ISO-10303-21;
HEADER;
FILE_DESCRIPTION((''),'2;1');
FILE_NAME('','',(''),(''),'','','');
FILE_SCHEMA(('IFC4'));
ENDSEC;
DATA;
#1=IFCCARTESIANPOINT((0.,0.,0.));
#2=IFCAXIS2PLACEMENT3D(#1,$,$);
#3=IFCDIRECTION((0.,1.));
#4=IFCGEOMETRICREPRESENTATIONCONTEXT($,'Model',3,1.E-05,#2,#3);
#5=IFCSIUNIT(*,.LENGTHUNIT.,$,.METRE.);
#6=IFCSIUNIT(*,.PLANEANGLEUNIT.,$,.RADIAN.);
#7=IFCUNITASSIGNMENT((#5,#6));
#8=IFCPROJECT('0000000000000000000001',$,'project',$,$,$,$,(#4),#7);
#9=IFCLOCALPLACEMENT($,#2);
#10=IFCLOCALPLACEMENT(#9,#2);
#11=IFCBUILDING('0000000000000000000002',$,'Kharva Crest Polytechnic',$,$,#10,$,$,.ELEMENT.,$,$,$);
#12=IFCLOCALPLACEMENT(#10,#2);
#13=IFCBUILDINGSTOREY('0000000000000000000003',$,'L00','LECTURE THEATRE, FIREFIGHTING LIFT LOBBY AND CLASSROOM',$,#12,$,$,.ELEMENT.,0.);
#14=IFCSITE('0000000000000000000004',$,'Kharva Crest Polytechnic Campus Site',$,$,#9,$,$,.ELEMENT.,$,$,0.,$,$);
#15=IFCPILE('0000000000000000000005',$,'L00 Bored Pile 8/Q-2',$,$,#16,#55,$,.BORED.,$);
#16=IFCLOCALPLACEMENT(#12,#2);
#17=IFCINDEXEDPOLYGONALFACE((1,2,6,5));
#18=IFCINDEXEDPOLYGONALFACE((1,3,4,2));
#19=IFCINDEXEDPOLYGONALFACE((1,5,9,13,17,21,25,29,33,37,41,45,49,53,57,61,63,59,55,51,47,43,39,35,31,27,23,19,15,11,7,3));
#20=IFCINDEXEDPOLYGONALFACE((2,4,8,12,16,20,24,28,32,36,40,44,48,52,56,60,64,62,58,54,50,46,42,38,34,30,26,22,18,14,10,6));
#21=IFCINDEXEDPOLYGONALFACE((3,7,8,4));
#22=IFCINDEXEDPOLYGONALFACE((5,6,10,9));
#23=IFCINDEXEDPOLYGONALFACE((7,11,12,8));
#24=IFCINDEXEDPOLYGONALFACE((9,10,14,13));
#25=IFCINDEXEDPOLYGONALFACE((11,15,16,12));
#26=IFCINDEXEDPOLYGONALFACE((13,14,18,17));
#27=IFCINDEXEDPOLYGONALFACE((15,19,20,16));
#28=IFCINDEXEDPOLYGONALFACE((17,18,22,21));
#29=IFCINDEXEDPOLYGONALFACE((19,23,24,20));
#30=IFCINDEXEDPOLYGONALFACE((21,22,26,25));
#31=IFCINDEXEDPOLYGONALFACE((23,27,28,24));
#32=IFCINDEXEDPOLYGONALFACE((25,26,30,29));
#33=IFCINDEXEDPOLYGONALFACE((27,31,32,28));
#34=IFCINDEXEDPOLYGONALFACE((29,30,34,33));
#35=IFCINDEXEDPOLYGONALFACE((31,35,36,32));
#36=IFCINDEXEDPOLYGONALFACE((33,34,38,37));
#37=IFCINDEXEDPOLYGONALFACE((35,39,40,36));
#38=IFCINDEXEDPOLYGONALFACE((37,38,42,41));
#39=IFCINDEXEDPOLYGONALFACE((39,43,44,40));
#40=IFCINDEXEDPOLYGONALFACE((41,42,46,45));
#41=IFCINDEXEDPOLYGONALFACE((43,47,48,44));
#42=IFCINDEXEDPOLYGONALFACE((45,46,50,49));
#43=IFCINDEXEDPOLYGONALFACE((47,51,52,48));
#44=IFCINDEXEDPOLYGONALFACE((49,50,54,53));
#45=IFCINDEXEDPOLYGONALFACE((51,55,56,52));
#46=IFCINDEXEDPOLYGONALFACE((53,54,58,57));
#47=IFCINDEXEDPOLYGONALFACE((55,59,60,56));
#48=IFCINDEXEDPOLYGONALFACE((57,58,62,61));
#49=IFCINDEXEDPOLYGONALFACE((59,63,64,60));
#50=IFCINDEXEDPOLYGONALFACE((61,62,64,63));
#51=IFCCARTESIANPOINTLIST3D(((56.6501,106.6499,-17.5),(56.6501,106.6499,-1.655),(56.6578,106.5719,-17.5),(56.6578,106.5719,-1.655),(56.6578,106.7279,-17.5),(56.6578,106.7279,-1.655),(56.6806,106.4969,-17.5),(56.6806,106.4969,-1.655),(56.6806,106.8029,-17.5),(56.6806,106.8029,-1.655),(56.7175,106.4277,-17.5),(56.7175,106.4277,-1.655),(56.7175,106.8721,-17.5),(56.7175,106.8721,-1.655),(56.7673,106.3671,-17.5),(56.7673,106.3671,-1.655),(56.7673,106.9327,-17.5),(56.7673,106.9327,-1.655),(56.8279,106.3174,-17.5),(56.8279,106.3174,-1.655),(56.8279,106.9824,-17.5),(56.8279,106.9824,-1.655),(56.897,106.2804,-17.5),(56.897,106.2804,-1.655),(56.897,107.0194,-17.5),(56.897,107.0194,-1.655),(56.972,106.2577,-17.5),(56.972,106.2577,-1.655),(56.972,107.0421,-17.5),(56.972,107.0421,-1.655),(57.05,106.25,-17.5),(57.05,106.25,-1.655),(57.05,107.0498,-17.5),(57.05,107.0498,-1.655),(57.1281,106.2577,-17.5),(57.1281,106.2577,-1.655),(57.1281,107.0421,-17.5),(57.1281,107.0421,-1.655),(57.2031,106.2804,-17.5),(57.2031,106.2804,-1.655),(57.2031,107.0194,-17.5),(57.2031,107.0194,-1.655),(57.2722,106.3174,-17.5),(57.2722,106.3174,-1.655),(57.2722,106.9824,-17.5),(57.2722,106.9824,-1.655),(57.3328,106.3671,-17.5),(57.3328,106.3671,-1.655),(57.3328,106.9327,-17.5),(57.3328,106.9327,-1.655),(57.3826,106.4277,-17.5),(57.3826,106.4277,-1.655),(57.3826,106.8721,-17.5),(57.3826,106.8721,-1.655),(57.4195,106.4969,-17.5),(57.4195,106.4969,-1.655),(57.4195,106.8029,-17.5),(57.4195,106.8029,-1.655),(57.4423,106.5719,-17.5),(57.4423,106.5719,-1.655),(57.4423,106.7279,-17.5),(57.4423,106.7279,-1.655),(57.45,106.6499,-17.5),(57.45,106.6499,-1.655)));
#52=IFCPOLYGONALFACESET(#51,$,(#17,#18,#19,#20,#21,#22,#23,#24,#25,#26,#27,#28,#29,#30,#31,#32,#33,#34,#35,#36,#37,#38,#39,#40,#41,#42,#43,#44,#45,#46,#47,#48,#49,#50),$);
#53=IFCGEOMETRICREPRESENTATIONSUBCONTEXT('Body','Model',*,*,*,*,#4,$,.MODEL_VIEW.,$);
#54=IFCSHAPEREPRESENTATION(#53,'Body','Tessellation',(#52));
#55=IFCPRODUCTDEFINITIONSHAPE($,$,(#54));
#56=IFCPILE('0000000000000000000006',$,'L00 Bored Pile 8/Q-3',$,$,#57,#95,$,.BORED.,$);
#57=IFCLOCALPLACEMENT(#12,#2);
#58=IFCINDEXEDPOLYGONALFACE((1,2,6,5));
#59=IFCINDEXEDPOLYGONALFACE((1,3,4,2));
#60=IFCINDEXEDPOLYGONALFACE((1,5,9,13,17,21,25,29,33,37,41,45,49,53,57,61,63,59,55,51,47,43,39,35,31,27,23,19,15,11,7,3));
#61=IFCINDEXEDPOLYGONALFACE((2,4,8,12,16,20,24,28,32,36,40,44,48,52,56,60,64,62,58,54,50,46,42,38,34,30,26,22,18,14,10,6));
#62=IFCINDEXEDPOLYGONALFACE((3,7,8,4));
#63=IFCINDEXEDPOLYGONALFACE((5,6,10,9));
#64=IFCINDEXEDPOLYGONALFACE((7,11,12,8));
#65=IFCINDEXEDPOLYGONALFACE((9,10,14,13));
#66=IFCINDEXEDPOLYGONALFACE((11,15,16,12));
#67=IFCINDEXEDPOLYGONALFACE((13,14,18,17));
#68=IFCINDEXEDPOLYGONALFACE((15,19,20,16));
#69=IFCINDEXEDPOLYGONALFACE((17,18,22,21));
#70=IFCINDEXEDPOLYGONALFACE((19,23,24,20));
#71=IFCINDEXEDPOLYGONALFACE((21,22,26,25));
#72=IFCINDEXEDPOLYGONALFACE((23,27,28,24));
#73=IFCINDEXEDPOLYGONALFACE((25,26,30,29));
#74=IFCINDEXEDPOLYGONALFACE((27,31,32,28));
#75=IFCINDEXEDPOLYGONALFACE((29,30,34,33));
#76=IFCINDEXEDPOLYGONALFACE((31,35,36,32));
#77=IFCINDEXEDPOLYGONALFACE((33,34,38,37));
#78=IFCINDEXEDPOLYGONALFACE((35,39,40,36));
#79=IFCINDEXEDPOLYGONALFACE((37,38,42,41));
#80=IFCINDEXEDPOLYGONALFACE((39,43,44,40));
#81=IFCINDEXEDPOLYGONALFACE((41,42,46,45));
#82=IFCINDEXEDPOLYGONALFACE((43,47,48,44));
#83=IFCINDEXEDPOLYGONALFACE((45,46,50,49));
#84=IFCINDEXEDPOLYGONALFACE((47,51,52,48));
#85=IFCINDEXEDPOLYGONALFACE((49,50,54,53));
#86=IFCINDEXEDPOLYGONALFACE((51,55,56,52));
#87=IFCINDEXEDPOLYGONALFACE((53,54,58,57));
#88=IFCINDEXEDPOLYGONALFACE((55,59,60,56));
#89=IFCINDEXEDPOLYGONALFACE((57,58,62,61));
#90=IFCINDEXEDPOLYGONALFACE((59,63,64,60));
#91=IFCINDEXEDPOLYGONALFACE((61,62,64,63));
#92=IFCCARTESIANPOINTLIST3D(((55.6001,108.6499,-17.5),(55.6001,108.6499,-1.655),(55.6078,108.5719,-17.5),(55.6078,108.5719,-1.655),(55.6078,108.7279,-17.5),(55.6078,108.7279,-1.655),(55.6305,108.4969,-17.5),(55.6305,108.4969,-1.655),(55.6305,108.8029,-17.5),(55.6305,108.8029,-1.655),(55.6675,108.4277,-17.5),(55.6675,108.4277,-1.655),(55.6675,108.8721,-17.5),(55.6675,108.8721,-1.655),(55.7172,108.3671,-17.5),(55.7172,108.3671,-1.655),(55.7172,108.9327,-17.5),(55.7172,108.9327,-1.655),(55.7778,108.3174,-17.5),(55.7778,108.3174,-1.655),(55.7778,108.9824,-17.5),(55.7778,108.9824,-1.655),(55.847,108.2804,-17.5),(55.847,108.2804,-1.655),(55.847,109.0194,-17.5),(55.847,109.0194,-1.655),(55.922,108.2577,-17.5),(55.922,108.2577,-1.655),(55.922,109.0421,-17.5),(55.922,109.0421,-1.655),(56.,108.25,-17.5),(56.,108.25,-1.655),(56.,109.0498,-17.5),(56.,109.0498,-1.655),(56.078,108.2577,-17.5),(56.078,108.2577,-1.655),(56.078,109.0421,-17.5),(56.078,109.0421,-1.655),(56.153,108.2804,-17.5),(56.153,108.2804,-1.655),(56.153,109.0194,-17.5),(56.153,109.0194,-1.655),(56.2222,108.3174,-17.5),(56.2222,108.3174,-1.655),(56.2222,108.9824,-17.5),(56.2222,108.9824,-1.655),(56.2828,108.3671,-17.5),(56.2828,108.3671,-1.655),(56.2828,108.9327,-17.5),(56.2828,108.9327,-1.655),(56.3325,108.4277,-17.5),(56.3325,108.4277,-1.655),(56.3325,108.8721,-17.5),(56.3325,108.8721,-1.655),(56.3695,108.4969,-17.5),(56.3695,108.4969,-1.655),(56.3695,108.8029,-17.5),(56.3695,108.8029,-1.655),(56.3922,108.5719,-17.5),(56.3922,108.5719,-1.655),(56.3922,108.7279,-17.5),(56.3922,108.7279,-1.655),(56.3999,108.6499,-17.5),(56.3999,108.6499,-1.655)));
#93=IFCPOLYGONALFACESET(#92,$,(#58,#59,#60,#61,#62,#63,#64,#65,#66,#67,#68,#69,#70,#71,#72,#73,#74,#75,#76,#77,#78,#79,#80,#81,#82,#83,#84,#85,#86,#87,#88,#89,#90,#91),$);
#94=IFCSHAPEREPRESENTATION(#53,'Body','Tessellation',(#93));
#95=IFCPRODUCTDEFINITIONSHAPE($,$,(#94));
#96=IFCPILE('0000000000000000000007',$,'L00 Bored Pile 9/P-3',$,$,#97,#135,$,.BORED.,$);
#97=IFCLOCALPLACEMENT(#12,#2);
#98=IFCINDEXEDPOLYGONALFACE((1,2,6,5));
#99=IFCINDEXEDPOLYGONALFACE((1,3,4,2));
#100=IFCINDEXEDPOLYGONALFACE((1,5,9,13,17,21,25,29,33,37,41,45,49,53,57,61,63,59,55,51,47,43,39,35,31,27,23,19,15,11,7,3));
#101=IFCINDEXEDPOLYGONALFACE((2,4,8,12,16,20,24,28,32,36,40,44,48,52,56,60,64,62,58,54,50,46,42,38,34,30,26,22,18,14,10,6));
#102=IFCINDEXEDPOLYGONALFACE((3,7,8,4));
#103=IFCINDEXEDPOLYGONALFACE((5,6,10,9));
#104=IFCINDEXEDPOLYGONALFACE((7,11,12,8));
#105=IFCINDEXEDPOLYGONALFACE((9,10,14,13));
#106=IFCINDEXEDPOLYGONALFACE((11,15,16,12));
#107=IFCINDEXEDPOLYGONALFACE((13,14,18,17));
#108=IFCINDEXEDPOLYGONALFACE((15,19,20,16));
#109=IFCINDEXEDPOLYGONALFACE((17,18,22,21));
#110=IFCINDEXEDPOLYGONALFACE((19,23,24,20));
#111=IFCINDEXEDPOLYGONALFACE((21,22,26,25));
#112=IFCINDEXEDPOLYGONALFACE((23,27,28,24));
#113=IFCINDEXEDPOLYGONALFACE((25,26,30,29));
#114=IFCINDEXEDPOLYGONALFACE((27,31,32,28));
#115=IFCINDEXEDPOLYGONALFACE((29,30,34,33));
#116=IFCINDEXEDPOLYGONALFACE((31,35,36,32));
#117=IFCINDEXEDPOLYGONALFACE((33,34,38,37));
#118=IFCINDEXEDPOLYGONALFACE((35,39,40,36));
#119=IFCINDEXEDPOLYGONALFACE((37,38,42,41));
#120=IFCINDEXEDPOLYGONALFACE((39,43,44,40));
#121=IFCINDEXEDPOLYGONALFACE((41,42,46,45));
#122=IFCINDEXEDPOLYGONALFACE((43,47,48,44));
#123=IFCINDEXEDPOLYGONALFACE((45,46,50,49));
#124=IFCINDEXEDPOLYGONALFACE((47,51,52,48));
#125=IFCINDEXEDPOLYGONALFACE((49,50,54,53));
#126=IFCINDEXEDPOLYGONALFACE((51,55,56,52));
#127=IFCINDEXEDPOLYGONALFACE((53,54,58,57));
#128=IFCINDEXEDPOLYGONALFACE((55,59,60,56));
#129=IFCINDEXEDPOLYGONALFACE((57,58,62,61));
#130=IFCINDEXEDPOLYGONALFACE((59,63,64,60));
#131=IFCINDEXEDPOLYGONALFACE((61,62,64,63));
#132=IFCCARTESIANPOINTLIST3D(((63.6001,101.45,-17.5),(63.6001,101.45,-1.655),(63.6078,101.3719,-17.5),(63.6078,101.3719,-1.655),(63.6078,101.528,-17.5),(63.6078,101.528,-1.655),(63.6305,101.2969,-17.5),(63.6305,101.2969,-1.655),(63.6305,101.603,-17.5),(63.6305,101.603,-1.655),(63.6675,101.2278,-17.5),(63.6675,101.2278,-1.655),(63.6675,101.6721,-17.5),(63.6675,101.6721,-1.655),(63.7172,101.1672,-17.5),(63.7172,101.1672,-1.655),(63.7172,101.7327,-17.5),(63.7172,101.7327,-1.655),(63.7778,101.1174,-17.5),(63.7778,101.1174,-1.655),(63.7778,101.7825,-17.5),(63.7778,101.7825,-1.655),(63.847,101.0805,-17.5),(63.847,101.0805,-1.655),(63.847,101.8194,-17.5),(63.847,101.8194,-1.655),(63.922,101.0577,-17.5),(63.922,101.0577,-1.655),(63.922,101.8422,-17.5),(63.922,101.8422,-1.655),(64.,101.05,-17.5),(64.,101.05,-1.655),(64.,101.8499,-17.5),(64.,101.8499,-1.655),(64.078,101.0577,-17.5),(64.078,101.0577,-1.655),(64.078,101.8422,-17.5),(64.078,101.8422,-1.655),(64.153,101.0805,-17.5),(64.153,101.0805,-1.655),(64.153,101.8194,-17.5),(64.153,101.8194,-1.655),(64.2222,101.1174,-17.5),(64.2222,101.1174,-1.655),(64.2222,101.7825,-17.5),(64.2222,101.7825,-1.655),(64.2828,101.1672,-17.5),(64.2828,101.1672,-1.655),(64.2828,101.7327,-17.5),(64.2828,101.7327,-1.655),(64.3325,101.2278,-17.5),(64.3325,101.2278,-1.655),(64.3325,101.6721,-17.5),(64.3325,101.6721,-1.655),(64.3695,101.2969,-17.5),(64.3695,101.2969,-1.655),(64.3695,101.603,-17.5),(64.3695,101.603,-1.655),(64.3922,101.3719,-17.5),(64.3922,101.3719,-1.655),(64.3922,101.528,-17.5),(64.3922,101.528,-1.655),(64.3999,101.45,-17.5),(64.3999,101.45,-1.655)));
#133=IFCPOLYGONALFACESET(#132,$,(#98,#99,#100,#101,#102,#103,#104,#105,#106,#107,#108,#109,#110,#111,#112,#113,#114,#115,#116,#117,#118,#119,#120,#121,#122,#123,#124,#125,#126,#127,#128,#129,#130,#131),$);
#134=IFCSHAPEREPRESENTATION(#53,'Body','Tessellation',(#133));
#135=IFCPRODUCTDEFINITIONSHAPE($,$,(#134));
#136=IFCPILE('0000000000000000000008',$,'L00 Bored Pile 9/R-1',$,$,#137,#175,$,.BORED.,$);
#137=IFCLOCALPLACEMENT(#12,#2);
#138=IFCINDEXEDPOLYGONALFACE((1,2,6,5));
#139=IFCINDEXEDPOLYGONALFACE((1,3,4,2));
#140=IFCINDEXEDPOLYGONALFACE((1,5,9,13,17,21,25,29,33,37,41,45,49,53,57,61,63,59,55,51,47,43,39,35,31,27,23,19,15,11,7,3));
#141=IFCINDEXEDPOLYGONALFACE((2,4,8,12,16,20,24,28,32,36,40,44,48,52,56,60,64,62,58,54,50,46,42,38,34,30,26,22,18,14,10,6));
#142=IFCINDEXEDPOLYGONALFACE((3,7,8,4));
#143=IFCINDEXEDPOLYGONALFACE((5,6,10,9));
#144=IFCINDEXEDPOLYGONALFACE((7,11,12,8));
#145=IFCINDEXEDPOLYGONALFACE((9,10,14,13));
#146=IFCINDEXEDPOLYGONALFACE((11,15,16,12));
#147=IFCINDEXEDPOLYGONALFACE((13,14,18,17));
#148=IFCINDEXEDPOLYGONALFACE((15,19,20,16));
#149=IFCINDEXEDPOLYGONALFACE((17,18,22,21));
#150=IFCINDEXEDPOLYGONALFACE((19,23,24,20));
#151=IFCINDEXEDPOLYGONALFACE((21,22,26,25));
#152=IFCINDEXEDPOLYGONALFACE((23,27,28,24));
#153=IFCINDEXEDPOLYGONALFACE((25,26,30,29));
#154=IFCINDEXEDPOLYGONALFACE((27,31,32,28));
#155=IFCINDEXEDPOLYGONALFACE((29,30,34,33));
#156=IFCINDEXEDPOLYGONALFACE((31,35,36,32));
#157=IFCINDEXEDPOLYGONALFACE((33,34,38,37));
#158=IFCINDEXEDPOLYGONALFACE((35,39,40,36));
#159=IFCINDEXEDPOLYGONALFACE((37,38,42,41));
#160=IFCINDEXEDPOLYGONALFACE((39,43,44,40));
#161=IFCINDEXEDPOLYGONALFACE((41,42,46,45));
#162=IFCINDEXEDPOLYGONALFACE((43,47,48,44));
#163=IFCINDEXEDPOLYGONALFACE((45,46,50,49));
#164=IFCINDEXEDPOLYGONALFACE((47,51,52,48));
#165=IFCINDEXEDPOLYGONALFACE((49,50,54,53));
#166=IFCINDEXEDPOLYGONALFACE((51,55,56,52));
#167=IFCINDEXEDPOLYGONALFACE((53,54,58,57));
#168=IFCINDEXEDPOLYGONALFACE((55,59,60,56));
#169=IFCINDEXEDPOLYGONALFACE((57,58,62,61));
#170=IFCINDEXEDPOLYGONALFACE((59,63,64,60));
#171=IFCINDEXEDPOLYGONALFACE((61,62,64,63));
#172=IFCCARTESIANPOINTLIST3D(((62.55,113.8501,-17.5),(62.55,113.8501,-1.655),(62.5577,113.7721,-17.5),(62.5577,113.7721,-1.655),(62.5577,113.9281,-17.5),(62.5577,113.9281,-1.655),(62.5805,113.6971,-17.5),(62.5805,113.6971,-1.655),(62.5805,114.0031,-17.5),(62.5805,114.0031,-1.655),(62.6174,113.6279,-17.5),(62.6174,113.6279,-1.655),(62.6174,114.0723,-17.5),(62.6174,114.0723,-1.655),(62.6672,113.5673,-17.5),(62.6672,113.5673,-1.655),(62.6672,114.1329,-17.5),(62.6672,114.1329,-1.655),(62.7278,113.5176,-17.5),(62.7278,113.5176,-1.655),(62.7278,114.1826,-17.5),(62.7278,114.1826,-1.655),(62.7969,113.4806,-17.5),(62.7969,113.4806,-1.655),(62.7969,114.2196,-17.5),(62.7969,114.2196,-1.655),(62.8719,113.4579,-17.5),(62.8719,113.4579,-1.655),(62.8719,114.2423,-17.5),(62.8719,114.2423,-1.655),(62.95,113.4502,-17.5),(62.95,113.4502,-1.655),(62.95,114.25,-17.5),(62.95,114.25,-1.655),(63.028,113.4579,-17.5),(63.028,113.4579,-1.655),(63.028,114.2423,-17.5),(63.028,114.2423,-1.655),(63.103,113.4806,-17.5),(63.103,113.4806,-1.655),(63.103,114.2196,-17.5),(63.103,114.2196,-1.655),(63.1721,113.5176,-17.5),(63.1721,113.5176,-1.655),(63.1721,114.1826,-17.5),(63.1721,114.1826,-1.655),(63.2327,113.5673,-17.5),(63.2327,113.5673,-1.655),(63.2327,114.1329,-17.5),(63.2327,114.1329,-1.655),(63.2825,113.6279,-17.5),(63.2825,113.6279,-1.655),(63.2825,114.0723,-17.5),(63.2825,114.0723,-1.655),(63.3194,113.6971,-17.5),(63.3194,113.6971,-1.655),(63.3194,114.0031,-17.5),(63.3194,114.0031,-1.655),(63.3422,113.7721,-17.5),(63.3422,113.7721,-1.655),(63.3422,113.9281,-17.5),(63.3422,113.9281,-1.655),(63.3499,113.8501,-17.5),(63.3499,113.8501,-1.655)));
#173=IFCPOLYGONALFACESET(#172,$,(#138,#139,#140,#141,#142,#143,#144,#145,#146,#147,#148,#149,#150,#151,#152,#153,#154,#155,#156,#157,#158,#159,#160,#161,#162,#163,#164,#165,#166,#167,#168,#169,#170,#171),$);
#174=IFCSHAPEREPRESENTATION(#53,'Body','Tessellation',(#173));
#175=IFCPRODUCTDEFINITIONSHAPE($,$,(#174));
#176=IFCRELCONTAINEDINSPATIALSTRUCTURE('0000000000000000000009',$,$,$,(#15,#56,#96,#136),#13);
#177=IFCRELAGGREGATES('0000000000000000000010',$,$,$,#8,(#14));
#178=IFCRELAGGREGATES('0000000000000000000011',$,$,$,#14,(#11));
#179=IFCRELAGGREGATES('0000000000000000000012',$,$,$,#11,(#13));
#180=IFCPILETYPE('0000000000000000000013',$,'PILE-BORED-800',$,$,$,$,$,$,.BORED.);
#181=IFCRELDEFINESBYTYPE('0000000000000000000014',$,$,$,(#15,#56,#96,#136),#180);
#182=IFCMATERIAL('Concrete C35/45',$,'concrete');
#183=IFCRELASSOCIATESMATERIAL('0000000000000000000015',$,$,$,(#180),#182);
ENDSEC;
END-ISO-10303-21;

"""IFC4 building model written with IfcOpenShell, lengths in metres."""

from ifc_helpers import new_model, si_unit, direction, frame, origin, origin_2d, place, context, subcontext, project, spatial, circle, extrude, material, material_profile, profile_set, type_object, element, save


model = new_model("IFC4")

# Units and contexts
model_context = context("Model", 3, precision=1e-05, world=origin(), true_north=direction((0.0, 1.0)))
body_context = subcontext(model_context, "Body", "Model", "MODEL_VIEW")
ifc_project = project(units=[si_unit("LENGTHUNIT", "METRE"), si_unit("PLANEANGLEUNIT", "RADIAN")], contexts=[model_context])

# Site, building, storey
site_placement = place(None, origin())
site = spatial("IfcSite", under=ifc_project, at=site_placement, Name="Kharva Crest Polytechnic Campus Site", CompositionType="ELEMENT", RefElevation=0.0)
building_placement = place(site_placement, origin())
building = spatial("IfcBuilding", under=site, at=building_placement, Name="Kharva Crest Polytechnic", CompositionType="ELEMENT")
storey_placement = place(building_placement, origin())
storey = spatial("IfcBuildingStorey", under=building, at=storey_placement, Name="L00", Description="LECTURE THEATRE, FIREFIGHTING LIFT LOBBY AND CLASSROOM", CompositionType="ELEMENT", Elevation=0.0)

# Shared definitions
ifc_material_1 = material(Name="Concrete C35/45", Category="concrete")

# Piles
ifc_material_profile_1 = material_profile(ifc_material_1, circle(Radius=0.3999, at=origin_2d()), Name="DIA 800")
ifc_profile_set_1 = profile_set([ifc_material_profile_1], Name="Concrete C35/45")
pile_type_1 = type_object("IfcPileType", Name="PILE-BORED-800", PredefinedType="BORED", material=ifc_profile_set_1)
for number, where, z_axis, x_axis, name in (
    (1, (57.05, 106.6499, -1.655), (0.0, 0.0, -1.0), (1.0, 0.0, 0.0), "L00 Bored Pile 8/Q-2"),
    (2, (56.0, 108.6499, -1.655), (0.0, 0.0, -1.0), (1.0, 0.0, 0.0), "L00 Bored Pile 8/Q-3"),
    (3, (64.0, 101.45, -1.655), (0.0, 0.0, -1.0), (1.0, 0.0, 0.0), "L00 Bored Pile 9/P-3"),
    (4, (62.95, 113.8501, -1.655), (0.0, 0.0, -1.0), (1.0, 0.0, 0.0), "L00 Bored Pile 9/R-1"),
):
    element("IfcPile", number, at=place(storey_placement, frame(where, z_axis=z_axis, x_axis=x_axis)), inside=storey, type_object=pile_type_1, Name=name, PredefinedType="BORED", context=body_context, shape_type="SweptSolid", body=[
        extrude(circle(Radius=0.3999, at=origin_2d()), origin(), (0.0, 0.0, 1.0), 15.845),
    ])

save(model, "model.ifc")
